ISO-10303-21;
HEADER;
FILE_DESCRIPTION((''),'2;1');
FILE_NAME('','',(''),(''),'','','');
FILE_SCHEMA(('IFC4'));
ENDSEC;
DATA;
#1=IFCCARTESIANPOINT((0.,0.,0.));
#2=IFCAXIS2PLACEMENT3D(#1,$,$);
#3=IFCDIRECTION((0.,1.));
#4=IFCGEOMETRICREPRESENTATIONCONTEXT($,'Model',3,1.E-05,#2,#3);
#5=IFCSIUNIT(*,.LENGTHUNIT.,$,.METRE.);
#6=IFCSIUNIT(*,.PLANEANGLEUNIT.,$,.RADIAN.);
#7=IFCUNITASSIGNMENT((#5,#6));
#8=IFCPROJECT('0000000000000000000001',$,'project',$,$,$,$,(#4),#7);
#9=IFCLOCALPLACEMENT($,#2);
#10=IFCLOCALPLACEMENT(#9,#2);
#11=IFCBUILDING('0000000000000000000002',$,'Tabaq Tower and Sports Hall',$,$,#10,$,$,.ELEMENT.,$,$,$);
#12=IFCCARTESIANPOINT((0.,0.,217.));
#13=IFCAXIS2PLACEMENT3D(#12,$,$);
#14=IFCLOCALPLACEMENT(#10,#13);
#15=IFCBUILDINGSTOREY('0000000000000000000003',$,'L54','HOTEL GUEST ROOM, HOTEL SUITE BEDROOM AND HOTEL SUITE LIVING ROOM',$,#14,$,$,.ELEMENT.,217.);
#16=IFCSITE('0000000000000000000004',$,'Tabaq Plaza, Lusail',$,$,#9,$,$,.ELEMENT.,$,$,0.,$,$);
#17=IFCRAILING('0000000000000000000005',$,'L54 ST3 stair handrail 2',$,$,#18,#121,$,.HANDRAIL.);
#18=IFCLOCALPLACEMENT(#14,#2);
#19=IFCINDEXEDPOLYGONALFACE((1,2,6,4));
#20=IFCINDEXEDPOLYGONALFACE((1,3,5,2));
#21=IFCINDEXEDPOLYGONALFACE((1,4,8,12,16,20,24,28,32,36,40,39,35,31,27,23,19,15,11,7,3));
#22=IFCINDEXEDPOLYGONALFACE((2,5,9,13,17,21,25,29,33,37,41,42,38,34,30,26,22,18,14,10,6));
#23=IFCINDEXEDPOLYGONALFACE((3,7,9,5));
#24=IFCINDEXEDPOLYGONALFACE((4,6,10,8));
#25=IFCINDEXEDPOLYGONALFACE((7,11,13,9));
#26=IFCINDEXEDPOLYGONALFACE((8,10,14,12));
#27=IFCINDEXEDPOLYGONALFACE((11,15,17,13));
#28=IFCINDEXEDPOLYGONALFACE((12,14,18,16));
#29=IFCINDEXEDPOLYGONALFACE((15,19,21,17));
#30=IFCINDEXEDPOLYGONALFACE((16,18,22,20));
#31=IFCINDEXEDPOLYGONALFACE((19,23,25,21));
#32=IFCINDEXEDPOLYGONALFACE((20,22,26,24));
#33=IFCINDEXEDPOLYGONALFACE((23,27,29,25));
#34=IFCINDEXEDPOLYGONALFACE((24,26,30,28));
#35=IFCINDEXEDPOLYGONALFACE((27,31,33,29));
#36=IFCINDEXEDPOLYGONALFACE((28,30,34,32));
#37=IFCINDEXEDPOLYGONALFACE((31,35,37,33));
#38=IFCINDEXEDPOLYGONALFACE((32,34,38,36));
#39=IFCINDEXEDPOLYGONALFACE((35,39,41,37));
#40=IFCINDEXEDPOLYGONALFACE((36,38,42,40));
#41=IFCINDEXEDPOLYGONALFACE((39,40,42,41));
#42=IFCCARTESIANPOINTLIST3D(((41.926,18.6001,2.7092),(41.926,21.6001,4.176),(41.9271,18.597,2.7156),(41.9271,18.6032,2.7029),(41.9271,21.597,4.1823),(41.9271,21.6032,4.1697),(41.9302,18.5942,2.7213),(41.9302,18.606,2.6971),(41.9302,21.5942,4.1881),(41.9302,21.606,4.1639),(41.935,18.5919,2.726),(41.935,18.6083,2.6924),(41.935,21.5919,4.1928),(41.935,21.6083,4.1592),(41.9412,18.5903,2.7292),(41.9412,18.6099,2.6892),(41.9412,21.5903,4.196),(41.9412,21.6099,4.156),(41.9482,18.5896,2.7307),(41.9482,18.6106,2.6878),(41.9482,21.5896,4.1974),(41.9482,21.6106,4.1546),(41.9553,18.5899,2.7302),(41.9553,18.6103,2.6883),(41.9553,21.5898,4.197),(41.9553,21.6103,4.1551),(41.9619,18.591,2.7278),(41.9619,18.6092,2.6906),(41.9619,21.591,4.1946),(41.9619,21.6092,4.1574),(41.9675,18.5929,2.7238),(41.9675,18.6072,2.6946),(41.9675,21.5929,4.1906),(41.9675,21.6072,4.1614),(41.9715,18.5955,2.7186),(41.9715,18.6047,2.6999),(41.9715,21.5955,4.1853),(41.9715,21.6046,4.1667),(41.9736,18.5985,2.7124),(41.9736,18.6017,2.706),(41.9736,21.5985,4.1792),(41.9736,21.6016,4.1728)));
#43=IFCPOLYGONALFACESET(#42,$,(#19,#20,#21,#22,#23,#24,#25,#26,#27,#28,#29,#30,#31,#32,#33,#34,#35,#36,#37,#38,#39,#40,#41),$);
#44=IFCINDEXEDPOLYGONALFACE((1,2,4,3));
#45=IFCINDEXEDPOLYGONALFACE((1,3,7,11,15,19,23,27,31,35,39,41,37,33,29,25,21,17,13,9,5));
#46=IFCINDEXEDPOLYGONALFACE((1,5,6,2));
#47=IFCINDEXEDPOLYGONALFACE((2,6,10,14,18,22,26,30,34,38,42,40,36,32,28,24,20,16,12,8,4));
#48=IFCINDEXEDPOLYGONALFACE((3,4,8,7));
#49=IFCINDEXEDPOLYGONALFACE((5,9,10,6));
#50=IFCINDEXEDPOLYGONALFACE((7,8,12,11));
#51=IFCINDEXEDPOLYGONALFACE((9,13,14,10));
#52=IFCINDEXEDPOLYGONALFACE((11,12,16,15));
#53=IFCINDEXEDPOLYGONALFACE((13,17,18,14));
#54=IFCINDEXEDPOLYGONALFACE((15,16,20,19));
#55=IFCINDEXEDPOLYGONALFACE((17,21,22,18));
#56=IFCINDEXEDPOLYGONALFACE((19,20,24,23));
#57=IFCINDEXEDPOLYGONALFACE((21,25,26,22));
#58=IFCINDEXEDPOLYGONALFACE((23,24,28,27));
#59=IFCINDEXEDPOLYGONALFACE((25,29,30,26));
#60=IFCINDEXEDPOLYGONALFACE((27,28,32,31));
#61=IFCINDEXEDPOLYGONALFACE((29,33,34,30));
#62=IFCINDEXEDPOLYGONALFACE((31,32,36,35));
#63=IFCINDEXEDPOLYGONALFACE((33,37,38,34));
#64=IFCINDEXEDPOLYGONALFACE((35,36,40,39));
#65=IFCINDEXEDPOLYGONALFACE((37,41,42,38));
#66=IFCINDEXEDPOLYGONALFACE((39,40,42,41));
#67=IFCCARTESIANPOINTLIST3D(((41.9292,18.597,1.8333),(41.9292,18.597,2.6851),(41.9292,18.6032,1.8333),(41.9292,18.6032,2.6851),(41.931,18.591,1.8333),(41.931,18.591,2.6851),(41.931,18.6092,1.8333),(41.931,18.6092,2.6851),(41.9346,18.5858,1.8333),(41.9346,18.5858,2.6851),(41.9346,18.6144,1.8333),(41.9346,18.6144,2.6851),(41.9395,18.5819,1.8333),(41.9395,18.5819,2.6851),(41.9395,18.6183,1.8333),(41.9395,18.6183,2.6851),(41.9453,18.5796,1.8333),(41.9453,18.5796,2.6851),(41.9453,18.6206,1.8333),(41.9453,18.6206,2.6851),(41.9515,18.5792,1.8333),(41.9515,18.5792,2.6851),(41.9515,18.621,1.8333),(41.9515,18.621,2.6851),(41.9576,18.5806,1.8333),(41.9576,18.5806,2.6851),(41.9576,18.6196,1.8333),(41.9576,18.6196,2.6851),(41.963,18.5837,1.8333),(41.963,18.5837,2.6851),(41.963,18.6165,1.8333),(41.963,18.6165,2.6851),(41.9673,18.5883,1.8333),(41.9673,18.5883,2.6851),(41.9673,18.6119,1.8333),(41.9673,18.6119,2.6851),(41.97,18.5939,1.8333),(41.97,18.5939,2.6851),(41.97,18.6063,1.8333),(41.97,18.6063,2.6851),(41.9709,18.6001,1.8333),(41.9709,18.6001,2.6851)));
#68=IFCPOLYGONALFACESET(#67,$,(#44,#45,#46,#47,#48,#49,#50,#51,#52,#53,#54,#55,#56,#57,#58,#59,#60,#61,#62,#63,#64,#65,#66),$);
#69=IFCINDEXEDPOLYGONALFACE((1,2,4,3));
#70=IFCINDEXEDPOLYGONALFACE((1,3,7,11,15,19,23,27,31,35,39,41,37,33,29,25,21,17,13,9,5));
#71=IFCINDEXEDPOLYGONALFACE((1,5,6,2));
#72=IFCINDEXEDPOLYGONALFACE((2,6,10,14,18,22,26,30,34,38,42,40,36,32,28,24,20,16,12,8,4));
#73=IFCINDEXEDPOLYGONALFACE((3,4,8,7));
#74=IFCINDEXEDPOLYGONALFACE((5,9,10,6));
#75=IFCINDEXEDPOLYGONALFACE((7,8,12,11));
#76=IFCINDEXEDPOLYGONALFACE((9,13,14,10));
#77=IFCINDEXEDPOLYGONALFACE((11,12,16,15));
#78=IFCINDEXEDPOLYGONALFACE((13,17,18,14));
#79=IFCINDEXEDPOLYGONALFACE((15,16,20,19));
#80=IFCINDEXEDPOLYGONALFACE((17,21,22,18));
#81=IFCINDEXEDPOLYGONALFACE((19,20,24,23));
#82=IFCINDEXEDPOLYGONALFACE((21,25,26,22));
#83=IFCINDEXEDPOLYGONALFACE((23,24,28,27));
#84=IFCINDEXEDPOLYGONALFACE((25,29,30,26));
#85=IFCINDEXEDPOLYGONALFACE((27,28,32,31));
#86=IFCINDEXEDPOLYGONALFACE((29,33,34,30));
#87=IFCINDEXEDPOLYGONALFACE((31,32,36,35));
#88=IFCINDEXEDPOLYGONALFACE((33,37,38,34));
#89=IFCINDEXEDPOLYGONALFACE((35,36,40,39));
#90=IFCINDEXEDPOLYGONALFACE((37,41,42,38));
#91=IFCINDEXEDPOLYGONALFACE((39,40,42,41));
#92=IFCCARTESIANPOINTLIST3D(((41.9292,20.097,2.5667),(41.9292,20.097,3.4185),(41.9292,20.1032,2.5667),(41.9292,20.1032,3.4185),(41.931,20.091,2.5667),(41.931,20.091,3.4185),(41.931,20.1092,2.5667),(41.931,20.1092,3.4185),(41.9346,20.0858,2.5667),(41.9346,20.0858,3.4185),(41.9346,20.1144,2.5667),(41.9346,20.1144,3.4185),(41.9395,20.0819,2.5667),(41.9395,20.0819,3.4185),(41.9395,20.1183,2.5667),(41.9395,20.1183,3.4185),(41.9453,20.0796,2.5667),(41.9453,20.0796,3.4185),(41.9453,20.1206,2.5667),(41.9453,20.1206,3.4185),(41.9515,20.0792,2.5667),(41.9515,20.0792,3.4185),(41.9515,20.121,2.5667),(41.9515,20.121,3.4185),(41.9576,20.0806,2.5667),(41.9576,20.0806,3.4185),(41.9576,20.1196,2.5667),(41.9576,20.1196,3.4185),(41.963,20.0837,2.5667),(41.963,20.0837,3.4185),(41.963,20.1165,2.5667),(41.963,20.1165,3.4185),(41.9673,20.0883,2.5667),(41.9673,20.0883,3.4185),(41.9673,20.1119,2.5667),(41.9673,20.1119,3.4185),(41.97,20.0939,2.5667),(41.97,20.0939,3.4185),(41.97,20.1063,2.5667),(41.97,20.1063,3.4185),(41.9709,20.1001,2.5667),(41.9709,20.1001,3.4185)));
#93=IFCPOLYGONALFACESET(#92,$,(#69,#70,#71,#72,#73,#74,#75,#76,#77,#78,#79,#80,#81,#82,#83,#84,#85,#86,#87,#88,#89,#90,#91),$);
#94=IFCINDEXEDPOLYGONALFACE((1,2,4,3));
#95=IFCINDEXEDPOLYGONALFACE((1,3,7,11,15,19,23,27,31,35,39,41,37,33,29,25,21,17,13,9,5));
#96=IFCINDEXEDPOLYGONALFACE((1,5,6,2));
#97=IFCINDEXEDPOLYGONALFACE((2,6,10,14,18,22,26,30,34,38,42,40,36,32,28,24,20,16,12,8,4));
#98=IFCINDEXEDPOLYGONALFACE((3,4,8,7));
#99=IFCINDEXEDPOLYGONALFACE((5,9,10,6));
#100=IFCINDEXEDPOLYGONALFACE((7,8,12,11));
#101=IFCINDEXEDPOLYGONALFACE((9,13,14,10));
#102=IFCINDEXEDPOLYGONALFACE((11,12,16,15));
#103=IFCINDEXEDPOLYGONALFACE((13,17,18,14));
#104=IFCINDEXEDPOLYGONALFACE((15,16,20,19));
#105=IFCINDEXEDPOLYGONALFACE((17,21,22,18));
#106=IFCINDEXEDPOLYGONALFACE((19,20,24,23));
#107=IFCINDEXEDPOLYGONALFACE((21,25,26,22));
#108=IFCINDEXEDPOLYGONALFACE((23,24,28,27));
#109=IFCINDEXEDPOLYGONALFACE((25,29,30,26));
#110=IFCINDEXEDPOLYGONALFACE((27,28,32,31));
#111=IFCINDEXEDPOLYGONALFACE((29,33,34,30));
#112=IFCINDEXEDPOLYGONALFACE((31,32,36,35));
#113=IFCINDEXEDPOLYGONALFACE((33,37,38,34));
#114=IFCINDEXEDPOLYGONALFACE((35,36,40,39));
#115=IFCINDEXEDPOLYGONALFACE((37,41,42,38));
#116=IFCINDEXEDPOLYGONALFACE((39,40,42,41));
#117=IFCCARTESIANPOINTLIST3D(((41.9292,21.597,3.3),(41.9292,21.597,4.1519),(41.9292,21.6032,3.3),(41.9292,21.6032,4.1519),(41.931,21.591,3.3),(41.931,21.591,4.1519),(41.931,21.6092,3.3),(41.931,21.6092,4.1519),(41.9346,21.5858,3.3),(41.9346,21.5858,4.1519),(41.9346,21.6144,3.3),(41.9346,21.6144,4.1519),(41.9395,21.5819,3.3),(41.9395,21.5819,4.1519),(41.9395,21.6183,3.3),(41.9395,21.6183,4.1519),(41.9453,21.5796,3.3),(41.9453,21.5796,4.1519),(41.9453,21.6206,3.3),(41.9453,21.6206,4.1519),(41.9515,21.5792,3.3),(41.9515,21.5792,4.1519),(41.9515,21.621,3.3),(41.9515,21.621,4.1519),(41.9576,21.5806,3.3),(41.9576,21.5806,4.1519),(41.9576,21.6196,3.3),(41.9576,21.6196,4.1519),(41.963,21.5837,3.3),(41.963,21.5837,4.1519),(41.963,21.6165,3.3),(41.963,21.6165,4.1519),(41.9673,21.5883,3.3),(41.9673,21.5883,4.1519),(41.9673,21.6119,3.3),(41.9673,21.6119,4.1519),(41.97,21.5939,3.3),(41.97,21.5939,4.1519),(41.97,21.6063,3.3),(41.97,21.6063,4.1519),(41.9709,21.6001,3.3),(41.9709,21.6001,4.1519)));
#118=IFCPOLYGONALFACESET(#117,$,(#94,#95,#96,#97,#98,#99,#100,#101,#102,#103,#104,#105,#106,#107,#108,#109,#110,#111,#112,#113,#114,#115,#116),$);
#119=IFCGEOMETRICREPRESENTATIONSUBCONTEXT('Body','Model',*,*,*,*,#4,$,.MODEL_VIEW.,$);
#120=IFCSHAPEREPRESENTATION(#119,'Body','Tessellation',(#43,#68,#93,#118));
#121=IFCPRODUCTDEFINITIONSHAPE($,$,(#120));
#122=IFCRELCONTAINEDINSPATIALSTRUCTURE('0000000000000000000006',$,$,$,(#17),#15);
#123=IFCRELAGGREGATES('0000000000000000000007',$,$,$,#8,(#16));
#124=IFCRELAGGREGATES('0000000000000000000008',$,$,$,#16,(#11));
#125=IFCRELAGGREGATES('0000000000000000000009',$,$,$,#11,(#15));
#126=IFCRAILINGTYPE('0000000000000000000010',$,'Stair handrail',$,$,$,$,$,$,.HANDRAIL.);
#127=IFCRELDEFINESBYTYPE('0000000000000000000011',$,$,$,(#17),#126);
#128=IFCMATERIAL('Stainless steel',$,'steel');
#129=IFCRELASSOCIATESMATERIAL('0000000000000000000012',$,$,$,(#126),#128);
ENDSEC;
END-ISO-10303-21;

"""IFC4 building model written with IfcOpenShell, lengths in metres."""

from ifc_helpers import new_model, si_unit, direction, frame, origin, origin_2d, place, context, subcontext, project, spatial, circle, extrude, material, type_object, element, save


model = new_model("IFC4")

# Units and contexts
model_context = context("Model", 3, precision=1e-05, world=origin(), true_north=direction((0.0, 1.0)))
body_context = subcontext(model_context, "Body", "Model", "MODEL_VIEW")
ifc_project = project(units=[si_unit("LENGTHUNIT", "METRE"), si_unit("PLANEANGLEUNIT", "RADIAN")], contexts=[model_context])

# Site, building, storey
site_placement = place(None, origin())
site = spatial("IfcSite", under=ifc_project, at=site_placement, Name="Tabaq Plaza, Lusail", CompositionType="ELEMENT", RefElevation=0.0)
building_placement = place(site_placement, origin())
building = spatial("IfcBuilding", under=site, at=building_placement, Name="Tabaq Tower and Sports Hall", CompositionType="ELEMENT")
storey_placement = place(building_placement, frame((0.0, 0.0, 217.0)))
storey = spatial("IfcBuildingStorey", under=building, at=storey_placement, Name="L54", Description="HOTEL GUEST ROOM, HOTEL SUITE BEDROOM AND HOTEL SUITE LIVING ROOM", CompositionType="ELEMENT", Elevation=217.0)

# Railing
ifc_material_1 = material(Name="Stainless steel", Category="steel")
railing_type_1 = type_object("IfcRailingType", Name="Stair handrail", PredefinedType="HANDRAIL", material=ifc_material_1)
railing_1_placement = place(storey_placement, frame((41.95, 18.6001, 1.8333)))
element("IfcRailing", 1, at=railing_1_placement, inside=storey, type_object=railing_type_1, Name="L54 ST3 stair handrail 2", PredefinedType="HANDRAIL", context=body_context, shape_type="SweptSolid", body=[
    extrude(circle(Radius=0.0239, at=origin_2d()), frame((0.0, 0.0, 0.876), z_axis=(0.0, 0.898369, 0.439242), x_axis=(-1.0, 0.0, 0.0)), (0.0, 0.0, 1.0), 3.3394),
    extrude(circle(Radius=0.021, at=origin_2d()), origin(), (0.0, 0.0, 1.0), 0.8518),
    extrude(circle(Radius=0.021, at=origin_2d()), frame((0.0, 1.5, 0.7334)), (0.0, 0.0, 1.0), 0.8518),
    extrude(circle(Radius=0.021, at=origin_2d()), frame((0.0, 3.0, 1.4668)), (0.0, 0.0, 1.0), 0.8518),
])

save(model, "model.ifc")
